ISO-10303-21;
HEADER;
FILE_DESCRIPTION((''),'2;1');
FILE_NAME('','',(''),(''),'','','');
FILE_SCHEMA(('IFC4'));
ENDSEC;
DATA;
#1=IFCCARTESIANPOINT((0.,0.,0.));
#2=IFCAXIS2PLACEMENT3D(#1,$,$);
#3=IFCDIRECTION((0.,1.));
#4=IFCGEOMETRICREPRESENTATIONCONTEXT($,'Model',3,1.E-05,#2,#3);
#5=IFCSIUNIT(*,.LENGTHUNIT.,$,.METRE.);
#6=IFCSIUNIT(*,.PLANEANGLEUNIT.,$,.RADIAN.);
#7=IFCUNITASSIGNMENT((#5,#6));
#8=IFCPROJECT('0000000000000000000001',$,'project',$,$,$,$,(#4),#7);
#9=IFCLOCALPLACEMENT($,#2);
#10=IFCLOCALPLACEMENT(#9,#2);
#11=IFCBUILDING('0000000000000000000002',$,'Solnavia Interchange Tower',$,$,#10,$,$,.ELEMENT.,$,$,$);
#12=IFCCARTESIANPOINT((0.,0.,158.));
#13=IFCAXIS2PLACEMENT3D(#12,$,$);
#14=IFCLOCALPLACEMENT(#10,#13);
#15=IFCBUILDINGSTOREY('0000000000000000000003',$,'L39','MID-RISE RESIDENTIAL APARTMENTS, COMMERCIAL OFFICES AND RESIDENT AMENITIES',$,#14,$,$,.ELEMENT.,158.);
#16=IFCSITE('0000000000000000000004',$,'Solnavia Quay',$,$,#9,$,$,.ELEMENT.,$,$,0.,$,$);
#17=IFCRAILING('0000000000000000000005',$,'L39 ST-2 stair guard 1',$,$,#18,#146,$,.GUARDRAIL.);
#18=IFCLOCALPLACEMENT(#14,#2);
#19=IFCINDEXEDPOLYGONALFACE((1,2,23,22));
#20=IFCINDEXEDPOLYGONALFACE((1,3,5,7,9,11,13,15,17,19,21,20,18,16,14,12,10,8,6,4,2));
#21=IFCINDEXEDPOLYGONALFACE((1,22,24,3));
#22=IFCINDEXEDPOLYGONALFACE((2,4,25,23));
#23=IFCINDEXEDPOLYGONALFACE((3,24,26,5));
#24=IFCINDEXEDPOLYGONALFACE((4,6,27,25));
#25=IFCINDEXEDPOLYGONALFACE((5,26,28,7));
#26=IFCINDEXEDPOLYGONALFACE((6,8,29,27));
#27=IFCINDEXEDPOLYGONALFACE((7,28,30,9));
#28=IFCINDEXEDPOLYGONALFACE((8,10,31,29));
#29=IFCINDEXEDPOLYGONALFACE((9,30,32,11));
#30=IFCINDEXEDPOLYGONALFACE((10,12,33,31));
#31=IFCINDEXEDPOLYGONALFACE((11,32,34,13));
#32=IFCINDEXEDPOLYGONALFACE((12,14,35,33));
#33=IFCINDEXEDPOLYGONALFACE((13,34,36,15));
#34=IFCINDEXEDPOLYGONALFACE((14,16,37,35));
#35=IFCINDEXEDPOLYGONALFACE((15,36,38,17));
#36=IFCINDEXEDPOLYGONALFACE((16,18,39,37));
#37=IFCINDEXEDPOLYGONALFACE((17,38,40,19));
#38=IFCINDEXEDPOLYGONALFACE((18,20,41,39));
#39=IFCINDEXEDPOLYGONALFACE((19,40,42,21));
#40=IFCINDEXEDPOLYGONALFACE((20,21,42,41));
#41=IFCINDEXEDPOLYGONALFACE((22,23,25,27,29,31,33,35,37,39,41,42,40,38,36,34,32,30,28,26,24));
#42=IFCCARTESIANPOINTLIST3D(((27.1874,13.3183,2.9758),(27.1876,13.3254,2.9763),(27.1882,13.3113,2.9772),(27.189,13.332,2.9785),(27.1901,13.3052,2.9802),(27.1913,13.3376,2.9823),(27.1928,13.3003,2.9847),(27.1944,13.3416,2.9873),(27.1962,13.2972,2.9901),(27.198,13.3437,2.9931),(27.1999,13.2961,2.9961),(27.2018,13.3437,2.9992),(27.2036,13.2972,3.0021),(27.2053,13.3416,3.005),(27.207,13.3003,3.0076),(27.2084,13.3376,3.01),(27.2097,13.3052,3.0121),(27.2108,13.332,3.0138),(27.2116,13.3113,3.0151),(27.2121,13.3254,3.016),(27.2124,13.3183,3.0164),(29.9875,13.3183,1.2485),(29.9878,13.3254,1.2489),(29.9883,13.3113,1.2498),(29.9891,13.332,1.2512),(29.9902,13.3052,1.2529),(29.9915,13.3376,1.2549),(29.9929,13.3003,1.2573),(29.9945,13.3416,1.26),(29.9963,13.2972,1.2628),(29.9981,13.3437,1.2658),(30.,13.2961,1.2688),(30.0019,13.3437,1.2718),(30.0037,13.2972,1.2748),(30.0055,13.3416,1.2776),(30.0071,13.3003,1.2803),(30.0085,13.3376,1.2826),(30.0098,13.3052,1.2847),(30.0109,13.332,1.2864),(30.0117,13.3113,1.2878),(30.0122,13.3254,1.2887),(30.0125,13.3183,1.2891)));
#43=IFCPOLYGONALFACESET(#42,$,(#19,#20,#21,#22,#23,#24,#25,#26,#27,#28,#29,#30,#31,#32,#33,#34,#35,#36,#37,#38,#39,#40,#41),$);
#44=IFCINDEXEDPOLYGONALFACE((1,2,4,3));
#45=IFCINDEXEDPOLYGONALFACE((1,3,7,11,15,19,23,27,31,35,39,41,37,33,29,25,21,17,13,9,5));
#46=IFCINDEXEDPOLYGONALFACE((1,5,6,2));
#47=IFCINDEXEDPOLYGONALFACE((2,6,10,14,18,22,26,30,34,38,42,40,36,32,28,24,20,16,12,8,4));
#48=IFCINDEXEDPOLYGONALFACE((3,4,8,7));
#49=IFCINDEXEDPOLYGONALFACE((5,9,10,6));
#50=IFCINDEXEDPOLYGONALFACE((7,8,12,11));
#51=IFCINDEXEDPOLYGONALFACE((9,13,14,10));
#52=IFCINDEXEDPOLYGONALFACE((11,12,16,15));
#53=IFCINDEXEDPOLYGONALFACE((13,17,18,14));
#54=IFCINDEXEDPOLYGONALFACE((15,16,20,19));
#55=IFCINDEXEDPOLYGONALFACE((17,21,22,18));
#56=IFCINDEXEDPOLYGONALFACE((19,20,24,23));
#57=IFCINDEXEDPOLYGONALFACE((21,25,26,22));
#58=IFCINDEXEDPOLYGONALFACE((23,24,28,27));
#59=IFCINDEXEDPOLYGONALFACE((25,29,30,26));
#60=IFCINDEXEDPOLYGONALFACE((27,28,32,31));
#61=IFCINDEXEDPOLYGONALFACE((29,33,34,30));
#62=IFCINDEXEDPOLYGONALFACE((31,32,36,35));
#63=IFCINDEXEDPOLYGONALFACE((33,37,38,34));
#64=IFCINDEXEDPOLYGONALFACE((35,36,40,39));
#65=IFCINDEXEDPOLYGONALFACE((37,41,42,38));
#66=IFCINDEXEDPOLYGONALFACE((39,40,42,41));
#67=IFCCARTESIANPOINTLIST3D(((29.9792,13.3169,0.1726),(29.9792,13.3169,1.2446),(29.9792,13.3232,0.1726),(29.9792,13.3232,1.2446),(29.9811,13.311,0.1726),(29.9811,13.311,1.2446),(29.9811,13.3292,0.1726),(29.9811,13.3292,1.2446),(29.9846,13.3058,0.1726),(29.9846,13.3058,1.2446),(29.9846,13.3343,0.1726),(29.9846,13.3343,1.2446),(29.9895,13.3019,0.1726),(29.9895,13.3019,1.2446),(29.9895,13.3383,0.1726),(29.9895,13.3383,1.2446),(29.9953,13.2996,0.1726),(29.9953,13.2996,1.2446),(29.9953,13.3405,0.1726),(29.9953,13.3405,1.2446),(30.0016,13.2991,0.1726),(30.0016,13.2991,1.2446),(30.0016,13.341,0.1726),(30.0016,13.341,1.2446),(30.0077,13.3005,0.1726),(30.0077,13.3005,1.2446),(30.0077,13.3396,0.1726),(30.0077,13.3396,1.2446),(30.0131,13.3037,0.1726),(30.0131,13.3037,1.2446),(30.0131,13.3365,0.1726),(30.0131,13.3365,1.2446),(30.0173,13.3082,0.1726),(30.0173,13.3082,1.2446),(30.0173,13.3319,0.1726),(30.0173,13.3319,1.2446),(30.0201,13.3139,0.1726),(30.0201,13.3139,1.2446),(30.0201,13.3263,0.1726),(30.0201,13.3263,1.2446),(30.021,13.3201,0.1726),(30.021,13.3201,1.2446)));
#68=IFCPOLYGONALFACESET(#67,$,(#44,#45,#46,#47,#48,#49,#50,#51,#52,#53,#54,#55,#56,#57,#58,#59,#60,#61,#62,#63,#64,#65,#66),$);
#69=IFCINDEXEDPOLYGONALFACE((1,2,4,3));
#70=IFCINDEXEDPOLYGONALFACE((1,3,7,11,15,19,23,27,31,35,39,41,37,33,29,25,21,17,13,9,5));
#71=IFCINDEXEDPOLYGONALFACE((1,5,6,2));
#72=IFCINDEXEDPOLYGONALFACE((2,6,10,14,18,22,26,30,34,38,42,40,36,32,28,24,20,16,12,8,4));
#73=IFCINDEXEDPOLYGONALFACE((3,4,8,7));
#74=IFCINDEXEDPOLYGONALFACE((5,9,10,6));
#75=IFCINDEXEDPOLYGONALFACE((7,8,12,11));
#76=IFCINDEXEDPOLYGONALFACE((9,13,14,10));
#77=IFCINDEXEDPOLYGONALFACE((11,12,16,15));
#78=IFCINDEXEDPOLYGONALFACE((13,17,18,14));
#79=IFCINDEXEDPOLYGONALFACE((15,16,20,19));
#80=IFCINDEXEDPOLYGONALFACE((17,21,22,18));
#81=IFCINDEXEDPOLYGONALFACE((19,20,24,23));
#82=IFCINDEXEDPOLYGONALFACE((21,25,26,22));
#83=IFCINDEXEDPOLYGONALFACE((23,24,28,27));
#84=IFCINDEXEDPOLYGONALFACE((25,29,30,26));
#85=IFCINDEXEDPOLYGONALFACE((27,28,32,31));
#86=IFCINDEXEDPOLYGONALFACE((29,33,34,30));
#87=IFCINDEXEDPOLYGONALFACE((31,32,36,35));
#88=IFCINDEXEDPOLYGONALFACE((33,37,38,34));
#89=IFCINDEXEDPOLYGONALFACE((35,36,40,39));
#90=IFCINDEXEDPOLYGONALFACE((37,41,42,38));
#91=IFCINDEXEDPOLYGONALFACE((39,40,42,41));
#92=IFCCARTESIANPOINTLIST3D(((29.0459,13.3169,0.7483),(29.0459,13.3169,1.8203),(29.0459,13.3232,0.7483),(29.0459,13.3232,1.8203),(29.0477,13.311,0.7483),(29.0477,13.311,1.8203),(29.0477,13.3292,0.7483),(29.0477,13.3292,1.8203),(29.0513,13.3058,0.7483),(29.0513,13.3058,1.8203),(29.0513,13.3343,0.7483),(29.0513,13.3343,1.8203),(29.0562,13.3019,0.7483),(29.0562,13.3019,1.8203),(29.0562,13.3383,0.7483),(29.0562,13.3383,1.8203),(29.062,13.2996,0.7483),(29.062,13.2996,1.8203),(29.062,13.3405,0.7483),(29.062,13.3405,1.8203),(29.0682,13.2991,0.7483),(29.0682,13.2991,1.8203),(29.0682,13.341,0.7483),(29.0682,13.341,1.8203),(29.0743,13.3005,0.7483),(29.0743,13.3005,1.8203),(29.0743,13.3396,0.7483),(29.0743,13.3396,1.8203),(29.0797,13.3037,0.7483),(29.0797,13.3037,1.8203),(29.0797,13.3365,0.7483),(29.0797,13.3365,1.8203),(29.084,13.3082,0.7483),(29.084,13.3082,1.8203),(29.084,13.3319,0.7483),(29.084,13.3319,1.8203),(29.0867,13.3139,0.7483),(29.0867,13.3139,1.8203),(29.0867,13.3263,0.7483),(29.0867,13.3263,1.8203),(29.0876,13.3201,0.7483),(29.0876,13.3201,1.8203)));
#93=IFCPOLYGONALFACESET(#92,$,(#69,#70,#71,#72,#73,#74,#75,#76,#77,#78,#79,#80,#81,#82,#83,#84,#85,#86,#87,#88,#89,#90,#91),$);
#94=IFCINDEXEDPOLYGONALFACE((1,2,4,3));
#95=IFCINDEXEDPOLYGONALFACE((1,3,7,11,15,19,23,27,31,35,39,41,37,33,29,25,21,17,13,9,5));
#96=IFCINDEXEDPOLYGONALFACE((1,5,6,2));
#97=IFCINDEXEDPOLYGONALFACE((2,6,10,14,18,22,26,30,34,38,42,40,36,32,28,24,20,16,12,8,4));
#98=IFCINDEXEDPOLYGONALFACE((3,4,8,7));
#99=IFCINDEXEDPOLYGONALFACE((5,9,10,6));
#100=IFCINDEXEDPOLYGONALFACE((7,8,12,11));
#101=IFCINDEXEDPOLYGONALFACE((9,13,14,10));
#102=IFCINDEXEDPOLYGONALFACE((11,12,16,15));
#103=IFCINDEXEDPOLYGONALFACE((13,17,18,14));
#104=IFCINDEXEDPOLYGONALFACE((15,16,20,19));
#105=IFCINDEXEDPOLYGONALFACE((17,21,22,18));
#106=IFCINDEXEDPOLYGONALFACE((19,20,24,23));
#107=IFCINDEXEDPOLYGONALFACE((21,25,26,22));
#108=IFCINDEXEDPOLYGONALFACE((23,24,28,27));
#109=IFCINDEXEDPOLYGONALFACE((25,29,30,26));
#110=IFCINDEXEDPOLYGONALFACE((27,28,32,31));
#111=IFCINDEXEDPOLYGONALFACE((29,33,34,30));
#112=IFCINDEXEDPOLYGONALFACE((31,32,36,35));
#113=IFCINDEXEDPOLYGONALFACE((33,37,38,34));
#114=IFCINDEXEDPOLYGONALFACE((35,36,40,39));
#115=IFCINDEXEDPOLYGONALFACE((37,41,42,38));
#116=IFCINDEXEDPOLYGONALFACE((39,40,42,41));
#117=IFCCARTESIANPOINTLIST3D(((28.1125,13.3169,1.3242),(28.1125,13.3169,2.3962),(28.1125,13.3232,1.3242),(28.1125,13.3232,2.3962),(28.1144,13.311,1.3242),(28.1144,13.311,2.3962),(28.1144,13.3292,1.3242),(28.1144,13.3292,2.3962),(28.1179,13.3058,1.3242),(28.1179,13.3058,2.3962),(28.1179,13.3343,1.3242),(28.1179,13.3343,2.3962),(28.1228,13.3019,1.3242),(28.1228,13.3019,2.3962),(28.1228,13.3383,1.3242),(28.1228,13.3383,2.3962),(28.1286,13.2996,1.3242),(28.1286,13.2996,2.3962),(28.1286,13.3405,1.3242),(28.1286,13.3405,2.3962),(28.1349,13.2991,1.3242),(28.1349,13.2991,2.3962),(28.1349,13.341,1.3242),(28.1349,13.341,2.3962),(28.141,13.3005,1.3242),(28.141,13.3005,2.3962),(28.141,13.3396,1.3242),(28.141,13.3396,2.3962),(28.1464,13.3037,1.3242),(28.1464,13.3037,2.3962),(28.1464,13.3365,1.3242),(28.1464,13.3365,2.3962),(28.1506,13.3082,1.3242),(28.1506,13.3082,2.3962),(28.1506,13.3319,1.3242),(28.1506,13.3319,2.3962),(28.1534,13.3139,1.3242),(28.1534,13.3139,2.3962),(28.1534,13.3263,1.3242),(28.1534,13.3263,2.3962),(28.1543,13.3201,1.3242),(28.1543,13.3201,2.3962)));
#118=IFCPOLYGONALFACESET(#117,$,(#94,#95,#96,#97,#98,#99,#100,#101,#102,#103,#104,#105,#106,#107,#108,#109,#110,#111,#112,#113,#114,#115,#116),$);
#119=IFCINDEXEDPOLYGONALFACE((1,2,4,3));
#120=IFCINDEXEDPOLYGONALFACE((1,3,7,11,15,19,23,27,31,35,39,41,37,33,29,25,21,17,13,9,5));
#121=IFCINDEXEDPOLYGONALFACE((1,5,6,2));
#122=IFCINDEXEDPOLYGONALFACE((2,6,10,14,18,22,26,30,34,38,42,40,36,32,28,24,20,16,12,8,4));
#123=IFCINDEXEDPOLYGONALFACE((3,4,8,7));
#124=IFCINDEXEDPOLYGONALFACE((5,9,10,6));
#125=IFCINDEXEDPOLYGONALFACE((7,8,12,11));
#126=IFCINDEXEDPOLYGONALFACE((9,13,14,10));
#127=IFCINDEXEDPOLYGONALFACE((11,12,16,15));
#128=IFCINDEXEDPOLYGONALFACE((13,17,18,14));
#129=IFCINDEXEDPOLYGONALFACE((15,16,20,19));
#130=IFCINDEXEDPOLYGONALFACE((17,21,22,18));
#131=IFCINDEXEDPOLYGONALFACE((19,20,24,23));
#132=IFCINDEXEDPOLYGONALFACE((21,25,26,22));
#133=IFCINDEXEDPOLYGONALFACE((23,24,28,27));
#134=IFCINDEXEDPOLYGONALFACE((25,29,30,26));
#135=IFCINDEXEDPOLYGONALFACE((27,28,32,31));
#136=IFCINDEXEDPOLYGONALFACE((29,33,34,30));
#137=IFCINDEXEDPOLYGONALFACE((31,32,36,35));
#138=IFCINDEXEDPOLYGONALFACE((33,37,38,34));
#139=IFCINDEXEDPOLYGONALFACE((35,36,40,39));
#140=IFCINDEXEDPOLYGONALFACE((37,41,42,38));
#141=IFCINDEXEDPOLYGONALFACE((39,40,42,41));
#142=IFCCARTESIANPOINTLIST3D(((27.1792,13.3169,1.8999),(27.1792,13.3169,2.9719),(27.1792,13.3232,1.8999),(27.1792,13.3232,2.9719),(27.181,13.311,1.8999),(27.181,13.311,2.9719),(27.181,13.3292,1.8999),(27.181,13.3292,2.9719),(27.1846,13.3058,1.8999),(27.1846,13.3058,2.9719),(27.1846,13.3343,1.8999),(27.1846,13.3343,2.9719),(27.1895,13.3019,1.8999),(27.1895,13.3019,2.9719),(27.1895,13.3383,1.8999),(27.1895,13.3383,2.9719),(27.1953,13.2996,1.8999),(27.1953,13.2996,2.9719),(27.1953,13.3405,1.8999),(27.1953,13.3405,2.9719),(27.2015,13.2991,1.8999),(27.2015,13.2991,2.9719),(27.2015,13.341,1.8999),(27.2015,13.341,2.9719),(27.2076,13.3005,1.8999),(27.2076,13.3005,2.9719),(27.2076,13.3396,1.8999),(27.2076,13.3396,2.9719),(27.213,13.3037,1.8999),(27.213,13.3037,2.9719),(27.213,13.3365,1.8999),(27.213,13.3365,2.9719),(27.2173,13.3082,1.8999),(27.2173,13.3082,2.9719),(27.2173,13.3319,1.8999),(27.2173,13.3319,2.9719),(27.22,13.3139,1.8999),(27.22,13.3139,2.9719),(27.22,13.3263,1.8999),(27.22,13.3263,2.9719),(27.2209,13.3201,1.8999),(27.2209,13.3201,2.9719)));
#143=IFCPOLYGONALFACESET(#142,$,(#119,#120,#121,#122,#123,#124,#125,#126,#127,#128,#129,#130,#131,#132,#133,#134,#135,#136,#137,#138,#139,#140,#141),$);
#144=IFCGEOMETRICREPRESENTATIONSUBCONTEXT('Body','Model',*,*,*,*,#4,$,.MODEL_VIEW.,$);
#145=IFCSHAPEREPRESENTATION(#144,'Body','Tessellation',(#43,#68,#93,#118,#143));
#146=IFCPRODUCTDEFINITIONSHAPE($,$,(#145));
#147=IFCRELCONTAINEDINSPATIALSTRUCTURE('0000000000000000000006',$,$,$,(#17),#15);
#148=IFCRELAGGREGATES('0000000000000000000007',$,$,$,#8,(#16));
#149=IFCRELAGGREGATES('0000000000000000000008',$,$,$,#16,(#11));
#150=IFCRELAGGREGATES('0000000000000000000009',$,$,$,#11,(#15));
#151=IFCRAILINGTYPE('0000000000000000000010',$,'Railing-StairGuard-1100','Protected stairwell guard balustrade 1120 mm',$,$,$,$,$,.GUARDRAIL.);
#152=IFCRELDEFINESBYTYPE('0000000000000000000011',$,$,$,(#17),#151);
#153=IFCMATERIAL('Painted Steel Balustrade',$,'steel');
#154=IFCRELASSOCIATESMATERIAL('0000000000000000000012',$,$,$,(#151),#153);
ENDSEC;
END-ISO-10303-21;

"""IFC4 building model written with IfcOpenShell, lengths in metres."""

from ifc_helpers import new_model, si_unit, direction, frame, origin, origin_2d, place, context, subcontext, project, spatial, circle, extrude, material, type_object, element, save


model = new_model("IFC4")

# Units and contexts
model_context = context("Model", 3, precision=1e-05, world=origin(), true_north=direction((0.0, 1.0)))
body_context = subcontext(model_context, "Body", "Model", "MODEL_VIEW")
ifc_project = project(units=[si_unit("LENGTHUNIT", "METRE"), si_unit("PLANEANGLEUNIT", "RADIAN")], contexts=[model_context])

# Site, building, storey
site_placement = place(None, origin())
site = spatial("IfcSite", under=ifc_project, at=site_placement, Name="Solnavia Quay", CompositionType="ELEMENT", RefElevation=0.0)
building_placement = place(site_placement, origin())
building = spatial("IfcBuilding", under=site, at=building_placement, Name="Solnavia Interchange Tower", CompositionType="ELEMENT")
storey_placement = place(building_placement, frame((0.0, 0.0, 158.0)))
storey = spatial("IfcBuildingStorey", under=building, at=storey_placement, Name="L39", Description="MID-RISE RESIDENTIAL APARTMENTS, COMMERCIAL OFFICES AND RESIDENT AMENITIES", CompositionType="ELEMENT", Elevation=158.0)

# Railing
ifc_material_1 = material(Name="Painted Steel Balustrade", Category="steel")
railing_type_1 = type_object("IfcRailingType", Name="Railing-StairGuard-1100", Description="Protected stairwell guard balustrade 1120 mm", PredefinedType="GUARDRAIL", material=ifc_material_1)
railing_1_placement = place(storey_placement, frame((30.0, 13.3201, 0.1726)))
element("IfcRailing", 1, at=railing_1_placement, inside=storey, type_object=railing_type_1, Name="L39 ST-2 stair guard 1", PredefinedType="GUARDRAIL", context=body_context, shape_type="SweptSolid", body=[
    extrude(circle(Radius=0.0239, at=origin_2d()), frame((0.0, 0.0, 1.0962), z_axis=(-0.85109, 0.0, 0.52502), x_axis=(0.0, -1.0, 0.0)), (0.0, 0.0, 1.0), 3.29),
    extrude(circle(Radius=0.021, at=origin_2d()), origin(), (0.0, 0.0, 1.0), 1.072),
    extrude(circle(Radius=0.021, at=origin_2d()), frame((-0.9333, 0.0, 0.5757)), (0.0, 0.0, 1.0), 1.072),
    extrude(circle(Radius=0.021, at=origin_2d()), frame((-1.8667, 0.0, 1.1516)), (0.0, 0.0, 1.0), 1.072),
    extrude(circle(Radius=0.021, at=origin_2d()), frame((-2.8, 0.0, 1.7273)), (0.0, 0.0, 1.0), 1.072),
])

save(model, "model.ifc")
